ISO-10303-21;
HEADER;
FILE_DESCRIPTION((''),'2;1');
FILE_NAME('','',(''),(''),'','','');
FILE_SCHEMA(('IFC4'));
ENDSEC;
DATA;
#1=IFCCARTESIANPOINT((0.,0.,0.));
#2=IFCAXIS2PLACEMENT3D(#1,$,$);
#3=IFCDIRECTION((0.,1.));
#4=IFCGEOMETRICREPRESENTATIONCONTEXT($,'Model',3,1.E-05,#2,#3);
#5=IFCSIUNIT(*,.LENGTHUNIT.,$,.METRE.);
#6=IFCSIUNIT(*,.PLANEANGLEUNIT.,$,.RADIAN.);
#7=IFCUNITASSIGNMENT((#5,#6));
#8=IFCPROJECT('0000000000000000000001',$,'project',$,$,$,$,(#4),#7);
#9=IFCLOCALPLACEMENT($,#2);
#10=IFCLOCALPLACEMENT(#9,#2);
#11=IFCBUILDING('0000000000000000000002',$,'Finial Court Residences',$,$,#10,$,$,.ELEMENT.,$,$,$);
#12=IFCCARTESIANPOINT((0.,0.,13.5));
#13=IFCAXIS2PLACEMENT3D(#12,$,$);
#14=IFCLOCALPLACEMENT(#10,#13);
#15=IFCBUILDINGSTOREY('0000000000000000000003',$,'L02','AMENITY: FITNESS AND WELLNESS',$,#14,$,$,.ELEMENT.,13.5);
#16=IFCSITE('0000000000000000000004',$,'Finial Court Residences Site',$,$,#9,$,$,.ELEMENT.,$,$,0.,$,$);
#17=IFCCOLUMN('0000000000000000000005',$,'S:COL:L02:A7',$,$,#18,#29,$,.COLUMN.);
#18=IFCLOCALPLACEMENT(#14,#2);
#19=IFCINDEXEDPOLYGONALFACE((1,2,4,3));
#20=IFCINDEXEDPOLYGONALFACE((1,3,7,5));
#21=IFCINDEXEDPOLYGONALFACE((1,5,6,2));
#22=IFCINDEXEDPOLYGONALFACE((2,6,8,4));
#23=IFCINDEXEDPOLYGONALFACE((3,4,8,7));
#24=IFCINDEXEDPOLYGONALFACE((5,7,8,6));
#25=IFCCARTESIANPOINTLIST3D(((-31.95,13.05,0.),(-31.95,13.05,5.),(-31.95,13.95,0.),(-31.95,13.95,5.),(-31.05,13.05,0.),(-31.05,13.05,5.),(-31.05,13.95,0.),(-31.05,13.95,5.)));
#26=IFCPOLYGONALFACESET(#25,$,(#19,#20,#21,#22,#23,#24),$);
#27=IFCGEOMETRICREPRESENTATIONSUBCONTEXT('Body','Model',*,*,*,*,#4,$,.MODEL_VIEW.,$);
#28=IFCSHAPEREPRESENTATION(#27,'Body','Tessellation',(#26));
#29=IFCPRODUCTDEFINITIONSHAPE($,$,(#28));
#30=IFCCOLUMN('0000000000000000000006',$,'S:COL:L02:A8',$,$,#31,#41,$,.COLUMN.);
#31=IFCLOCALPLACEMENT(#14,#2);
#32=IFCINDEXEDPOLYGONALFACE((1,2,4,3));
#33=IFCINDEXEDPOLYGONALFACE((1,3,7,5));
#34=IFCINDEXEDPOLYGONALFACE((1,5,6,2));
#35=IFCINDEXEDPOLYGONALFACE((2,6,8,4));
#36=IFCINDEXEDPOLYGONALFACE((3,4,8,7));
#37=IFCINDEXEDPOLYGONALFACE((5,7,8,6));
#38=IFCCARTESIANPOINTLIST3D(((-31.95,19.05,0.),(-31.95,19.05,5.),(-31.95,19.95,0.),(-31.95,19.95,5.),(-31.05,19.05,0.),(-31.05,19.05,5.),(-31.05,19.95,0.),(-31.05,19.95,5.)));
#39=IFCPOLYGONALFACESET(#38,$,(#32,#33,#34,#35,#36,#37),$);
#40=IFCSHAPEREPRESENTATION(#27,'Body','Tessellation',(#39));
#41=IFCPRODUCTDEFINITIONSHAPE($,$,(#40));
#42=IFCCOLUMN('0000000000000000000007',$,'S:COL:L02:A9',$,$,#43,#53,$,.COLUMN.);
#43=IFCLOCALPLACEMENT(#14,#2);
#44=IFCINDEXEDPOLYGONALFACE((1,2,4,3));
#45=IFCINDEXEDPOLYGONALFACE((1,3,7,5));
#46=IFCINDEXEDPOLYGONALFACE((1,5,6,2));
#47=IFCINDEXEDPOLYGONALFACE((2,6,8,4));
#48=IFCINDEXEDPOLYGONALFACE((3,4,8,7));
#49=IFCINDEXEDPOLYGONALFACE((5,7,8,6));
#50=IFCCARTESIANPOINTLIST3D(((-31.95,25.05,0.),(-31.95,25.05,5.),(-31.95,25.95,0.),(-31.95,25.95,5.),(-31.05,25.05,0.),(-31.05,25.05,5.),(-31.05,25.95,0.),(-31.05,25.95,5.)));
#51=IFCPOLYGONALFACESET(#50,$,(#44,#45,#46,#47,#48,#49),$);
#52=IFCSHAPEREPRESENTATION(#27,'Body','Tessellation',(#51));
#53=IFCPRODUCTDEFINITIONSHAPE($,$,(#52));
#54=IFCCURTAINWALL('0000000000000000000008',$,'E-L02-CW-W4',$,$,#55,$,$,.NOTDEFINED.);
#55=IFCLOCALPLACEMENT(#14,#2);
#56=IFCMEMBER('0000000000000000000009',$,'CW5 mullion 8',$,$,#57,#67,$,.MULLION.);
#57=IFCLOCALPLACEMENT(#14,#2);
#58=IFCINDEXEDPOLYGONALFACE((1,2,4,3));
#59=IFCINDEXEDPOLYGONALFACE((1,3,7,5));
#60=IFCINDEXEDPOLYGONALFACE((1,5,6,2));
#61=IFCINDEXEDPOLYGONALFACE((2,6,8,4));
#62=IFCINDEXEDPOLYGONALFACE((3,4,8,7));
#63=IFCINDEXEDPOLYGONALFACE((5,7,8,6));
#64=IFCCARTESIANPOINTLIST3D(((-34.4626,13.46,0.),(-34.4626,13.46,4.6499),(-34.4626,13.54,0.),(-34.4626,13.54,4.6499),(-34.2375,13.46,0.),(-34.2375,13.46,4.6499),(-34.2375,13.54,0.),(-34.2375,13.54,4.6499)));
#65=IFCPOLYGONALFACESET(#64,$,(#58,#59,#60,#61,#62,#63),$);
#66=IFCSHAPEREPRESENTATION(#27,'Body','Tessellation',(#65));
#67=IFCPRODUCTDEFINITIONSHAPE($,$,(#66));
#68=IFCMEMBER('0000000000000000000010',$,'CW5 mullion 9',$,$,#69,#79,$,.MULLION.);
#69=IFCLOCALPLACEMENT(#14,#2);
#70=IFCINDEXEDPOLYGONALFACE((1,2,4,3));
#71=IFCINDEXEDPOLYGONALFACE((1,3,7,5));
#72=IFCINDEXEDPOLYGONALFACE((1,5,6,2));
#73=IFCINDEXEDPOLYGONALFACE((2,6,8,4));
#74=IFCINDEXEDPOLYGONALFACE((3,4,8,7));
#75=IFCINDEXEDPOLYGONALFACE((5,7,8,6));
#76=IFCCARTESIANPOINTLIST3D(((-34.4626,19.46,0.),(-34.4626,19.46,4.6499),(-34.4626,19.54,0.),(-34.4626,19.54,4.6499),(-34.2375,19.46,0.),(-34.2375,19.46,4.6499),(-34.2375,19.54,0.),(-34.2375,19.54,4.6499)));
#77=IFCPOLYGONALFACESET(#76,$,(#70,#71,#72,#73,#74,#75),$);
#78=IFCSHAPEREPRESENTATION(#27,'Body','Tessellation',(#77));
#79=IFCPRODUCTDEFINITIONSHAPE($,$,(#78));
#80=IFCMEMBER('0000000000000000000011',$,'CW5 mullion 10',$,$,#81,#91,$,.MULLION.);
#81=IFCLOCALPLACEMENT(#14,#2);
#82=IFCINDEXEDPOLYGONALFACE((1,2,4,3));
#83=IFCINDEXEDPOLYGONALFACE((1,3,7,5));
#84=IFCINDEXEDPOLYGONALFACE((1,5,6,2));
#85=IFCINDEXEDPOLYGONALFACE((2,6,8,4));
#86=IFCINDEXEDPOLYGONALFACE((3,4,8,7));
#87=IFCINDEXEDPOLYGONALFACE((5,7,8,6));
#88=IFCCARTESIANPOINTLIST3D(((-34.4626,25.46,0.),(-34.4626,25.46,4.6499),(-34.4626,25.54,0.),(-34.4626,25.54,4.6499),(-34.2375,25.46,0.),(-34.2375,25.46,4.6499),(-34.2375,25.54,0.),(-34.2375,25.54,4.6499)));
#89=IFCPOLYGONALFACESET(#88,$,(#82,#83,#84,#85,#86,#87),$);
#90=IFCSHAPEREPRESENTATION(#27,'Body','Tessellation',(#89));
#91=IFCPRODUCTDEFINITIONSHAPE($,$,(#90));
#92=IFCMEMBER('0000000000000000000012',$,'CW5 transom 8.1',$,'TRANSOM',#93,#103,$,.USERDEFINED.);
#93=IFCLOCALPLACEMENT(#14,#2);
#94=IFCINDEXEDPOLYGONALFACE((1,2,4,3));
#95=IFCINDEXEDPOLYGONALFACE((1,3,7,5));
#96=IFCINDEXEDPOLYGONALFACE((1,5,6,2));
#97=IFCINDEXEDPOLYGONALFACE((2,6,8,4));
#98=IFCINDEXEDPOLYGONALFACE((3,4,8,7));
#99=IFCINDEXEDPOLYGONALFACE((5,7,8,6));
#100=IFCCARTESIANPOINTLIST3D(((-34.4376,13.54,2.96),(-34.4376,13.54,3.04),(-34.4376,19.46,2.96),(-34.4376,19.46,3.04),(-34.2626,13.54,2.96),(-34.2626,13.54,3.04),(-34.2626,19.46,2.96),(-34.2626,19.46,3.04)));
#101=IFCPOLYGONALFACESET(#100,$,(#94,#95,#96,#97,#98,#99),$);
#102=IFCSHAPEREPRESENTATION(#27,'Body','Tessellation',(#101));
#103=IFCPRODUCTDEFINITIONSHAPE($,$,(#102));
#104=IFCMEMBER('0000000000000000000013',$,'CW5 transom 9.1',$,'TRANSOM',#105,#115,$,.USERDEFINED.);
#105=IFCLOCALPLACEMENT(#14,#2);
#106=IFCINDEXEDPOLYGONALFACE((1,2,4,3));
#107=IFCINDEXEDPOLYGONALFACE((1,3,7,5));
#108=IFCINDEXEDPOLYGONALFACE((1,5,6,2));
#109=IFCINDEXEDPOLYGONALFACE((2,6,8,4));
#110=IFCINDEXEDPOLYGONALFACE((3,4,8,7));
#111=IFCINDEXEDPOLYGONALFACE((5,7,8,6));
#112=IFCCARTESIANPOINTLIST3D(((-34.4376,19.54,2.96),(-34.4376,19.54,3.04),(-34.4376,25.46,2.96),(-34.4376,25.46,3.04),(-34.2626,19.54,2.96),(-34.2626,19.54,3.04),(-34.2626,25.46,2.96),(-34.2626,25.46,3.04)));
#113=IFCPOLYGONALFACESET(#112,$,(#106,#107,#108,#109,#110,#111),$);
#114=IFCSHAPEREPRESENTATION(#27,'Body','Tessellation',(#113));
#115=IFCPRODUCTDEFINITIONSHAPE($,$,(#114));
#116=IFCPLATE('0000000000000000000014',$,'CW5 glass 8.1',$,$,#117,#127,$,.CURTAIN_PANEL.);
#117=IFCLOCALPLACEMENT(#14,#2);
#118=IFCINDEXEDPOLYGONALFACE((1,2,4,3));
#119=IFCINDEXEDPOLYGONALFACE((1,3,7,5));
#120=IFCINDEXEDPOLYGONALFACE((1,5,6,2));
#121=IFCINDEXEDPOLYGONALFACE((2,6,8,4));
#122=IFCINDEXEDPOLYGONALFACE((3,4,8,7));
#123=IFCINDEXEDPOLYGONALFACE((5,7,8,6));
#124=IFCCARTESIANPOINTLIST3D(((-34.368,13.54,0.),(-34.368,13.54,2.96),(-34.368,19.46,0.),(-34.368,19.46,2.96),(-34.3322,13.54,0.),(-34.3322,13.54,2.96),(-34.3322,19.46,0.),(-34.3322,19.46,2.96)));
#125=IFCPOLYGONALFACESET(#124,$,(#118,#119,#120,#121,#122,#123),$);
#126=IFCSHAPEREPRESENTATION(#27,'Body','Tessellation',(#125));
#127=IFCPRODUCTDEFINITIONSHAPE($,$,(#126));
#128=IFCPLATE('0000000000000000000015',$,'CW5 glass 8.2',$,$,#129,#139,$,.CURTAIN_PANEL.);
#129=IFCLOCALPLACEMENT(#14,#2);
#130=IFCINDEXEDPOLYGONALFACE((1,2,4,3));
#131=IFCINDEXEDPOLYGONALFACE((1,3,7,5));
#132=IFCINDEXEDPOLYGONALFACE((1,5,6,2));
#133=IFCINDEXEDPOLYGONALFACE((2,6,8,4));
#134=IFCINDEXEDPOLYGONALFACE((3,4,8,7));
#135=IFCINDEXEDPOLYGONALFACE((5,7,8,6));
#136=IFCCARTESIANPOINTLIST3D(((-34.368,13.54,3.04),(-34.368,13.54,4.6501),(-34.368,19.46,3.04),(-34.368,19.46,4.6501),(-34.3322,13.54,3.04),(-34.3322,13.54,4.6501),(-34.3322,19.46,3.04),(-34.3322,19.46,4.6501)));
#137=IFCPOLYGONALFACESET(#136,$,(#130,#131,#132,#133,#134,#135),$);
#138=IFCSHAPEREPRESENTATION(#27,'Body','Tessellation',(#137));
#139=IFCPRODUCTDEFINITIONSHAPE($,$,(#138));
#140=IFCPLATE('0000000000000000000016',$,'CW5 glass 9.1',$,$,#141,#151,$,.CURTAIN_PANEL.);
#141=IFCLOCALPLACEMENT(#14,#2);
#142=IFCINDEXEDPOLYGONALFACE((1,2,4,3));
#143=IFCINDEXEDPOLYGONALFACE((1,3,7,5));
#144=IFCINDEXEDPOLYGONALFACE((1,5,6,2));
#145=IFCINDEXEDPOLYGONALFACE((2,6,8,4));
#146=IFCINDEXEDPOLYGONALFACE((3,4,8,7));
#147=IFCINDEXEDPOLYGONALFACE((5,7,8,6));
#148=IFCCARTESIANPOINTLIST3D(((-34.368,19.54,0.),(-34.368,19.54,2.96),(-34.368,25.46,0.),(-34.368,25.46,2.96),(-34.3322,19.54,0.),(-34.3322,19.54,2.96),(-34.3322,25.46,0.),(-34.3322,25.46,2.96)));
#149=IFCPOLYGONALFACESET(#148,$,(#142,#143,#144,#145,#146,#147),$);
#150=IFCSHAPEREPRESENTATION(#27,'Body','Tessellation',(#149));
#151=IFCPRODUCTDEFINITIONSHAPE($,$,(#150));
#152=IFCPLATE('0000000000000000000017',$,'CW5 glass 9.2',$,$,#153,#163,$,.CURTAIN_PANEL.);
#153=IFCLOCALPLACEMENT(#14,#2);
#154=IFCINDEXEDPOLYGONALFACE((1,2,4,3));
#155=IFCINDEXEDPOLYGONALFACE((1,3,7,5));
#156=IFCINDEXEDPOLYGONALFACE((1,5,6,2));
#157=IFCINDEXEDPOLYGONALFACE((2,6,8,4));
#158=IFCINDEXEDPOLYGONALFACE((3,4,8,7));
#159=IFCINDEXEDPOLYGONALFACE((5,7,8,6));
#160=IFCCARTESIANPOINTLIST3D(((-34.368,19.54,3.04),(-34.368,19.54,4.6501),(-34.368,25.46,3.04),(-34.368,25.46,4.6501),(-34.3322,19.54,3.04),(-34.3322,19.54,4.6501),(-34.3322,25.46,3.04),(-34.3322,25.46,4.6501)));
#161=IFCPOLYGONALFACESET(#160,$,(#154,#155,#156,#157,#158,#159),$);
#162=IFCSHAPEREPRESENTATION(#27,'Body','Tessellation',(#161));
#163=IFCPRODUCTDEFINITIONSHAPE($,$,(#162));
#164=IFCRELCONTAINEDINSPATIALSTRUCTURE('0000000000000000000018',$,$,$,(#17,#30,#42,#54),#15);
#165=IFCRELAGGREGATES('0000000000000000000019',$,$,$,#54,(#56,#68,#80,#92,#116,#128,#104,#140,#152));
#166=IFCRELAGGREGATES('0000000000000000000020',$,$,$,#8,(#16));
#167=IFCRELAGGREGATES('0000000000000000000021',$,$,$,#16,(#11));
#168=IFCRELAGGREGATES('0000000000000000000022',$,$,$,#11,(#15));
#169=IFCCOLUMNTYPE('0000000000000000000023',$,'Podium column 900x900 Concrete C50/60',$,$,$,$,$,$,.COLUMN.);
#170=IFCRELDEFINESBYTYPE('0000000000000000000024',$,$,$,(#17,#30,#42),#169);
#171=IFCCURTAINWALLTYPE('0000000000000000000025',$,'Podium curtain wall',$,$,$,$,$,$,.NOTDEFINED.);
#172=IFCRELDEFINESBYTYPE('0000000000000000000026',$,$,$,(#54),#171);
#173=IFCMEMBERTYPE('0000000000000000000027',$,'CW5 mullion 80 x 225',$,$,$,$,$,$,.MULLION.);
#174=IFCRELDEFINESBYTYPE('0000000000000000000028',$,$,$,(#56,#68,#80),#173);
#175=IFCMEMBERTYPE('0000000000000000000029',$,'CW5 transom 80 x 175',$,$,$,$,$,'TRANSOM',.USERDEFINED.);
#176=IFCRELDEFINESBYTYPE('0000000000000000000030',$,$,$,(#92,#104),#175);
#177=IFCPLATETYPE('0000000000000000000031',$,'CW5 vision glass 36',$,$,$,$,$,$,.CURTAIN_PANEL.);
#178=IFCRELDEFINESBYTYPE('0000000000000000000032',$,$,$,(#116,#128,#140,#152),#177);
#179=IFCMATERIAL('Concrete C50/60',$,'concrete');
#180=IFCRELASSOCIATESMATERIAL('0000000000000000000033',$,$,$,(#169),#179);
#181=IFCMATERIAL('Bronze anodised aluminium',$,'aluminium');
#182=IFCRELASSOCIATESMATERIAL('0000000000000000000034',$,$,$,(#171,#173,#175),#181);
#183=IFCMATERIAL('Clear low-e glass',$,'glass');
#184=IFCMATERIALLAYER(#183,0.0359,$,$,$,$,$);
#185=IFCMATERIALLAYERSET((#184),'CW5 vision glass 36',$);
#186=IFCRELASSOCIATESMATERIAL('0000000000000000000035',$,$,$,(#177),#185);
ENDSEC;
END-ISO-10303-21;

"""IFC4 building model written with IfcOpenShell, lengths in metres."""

from ifc_helpers import new_model, si_unit, direction, frame, origin, origin_2d, place, context, subcontext, project, spatial, rectangle, extrude, material, layer, layer_set, material_profile, profile_set, type_object, element, aggregate, save


model = new_model("IFC4")

# Units and contexts
model_context = context("Model", 3, precision=1e-05, world=origin(), true_north=direction((0.0, 1.0)))
body_context = subcontext(model_context, "Body", "Model", "MODEL_VIEW")
ifc_project = project(units=[si_unit("LENGTHUNIT", "METRE"), si_unit("PLANEANGLEUNIT", "RADIAN")], contexts=[model_context])

# Site, building, storey
site_placement = place(None, origin())
site = spatial("IfcSite", under=ifc_project, at=site_placement, Name="Finial Court Residences Site", CompositionType="ELEMENT", RefElevation=0.0)
building_placement = place(site_placement, origin())
building = spatial("IfcBuilding", under=site, at=building_placement, Name="Finial Court Residences", CompositionType="ELEMENT")
storey_placement = place(building_placement, frame((0.0, 0.0, 13.5)))
storey = spatial("IfcBuildingStorey", under=building, at=storey_placement, Name="L02", Description="AMENITY: FITNESS AND WELLNESS", CompositionType="ELEMENT", Elevation=13.5)

# Columns
ifc_material_1 = material(Name="Concrete C50/60", Category="concrete")
ifc_material_profile_1 = material_profile(ifc_material_1, rectangle(XDim=0.8999, YDim=0.8999, at=origin_2d()), Name="900x900")
ifc_profile_set_1 = profile_set([ifc_material_profile_1], Name="Concrete C50/60")
column_type = type_object("IfcColumnType", Name="Podium column 900x900 Concrete C50/60", PredefinedType="COLUMN", material=ifc_profile_set_1)
for number, where, z_axis, x_axis, name in (
    (1, (-31.5, 13.5, 0.0), (0.0, 0.0, 1.0), (1.0, 0.0, 0.0), "S:COL:L02:A7"),
    (2, (-31.5, 19.5, 0.0), (0.0, 0.0, 1.0), (1.0, 0.0, 0.0), "S:COL:L02:A8"),
    (3, (-31.5, 25.5, 0.0), (0.0, 0.0, 1.0), (1.0, 0.0, 0.0), "S:COL:L02:A9"),
):
    element("IfcColumn", number, at=place(storey_placement, frame(where, z_axis=z_axis, x_axis=x_axis)), inside=storey, type_object=column_type, Name=name, PredefinedType="COLUMN", context=body_context, shape_type="SweptSolid", body=[
        extrude(rectangle(XDim=0.8999, YDim=0.8999, at=origin_2d()), origin(), (0.0, 0.0, 1.0), 5.0),
    ])

# Curtain wall, members, plates
ifc_material_2 = material(Name="Bronze anodised aluminium", Category="aluminium")
curtain_wall_type = type_object("IfcCurtainWallType", Name="Podium curtain wall", PredefinedType="NOTDEFINED", material=ifc_material_2)
curtain_wall_placement = place(storey_placement, origin())
curtain_wall = element("IfcCurtainWall", 4, at=curtain_wall_placement, inside=storey, type_object=curtain_wall_type, Name="E-L02-CW-W4", PredefinedType="NOTDEFINED")
ifc_material_profile_2 = material_profile(ifc_material_2, rectangle(XDim=0.2251, YDim=0.0801, at=origin_2d()), Name="CW5 mullion 80 x 225")
ifc_profile_set_2 = profile_set([ifc_material_profile_2], Name="Bronze anodised aluminium")
member_type_1 = type_object("IfcMemberType", Name="CW5 mullion 80 x 225", PredefinedType="MULLION", material=ifc_profile_set_2)
member_1_placement = place(storey_placement, frame((-34.3501, 13.5, 0.0), z_axis=(0.0, 0.0, 1.0), x_axis=(-1.0, 0.0, 0.0)))
member_1 = element("IfcMember", 5, at=member_1_placement, type_object=member_type_1, Name="CW5 mullion 8", PredefinedType="MULLION", context=body_context, shape_type="SweptSolid", body=[
    extrude(rectangle(XDim=0.2251, YDim=0.0801, at=origin_2d()), origin(), (0.0, 0.0, 1.0), 4.6499),
])
member_2_placement = place(storey_placement, frame((-34.3501, 19.5, 0.0), z_axis=(0.0, 0.0, 1.0), x_axis=(-1.0, 0.0, 0.0)))
member_2 = element("IfcMember", 6, at=member_2_placement, type_object=member_type_1, Name="CW5 mullion 9", PredefinedType="MULLION", context=body_context, shape_type="SweptSolid", body=[
    extrude(rectangle(XDim=0.2251, YDim=0.0801, at=origin_2d()), origin(), (0.0, 0.0, 1.0), 4.6499),
])
member_3_placement = place(storey_placement, frame((-34.3501, 25.5, 0.0), z_axis=(0.0, 0.0, 1.0), x_axis=(-1.0, 0.0, 0.0)))
member_3 = element("IfcMember", 7, at=member_3_placement, type_object=member_type_1, Name="CW5 mullion 10", PredefinedType="MULLION", context=body_context, shape_type="SweptSolid", body=[
    extrude(rectangle(XDim=0.2251, YDim=0.0801, at=origin_2d()), origin(), (0.0, 0.0, 1.0), 4.6499),
])
ifc_material_profile_3 = material_profile(ifc_material_2, rectangle(XDim=0.175, YDim=0.0801, at=origin_2d()), Name="CW5 transom 80 x 175")
ifc_profile_set_3 = profile_set([ifc_material_profile_3], Name="Bronze anodised aluminium")
member_type_2 = type_object("IfcMemberType", Name="CW5 transom 80 x 175", ElementType="TRANSOM", PredefinedType="USERDEFINED", material=ifc_profile_set_3)
member_4_placement = place(storey_placement, frame((-34.3501, 13.54, 3.0), z_axis=(0.0, 1.0, 0.0), x_axis=(-1.0, 0.0, 0.0)))
member_4 = element("IfcMember", 8, at=member_4_placement, type_object=member_type_2, Name="CW5 transom 8.1", ObjectType="TRANSOM", PredefinedType="USERDEFINED", context=body_context, shape_type="SweptSolid", body=[
    extrude(rectangle(XDim=0.175, YDim=0.0801, at=origin_2d()), origin(), (0.0, 0.0, 1.0), 5.9199),
])
member_5_placement = place(storey_placement, frame((-34.3501, 19.54, 3.0), z_axis=(0.0, 1.0, 0.0), x_axis=(-1.0, 0.0, 0.0)))
member_5 = element("IfcMember", 9, at=member_5_placement, type_object=member_type_2, Name="CW5 transom 9.1", ObjectType="TRANSOM", PredefinedType="USERDEFINED", context=body_context, shape_type="SweptSolid", body=[
    extrude(rectangle(XDim=0.175, YDim=0.0801, at=origin_2d()), origin(), (0.0, 0.0, 1.0), 5.9199),
])
ifc_material_3 = material(Name="Clear low-e glass", Category="glass")
ifc_layer_1 = layer(ifc_material_3, 0.0359)
ifc_layer_set_1 = layer_set([ifc_layer_1], Name="CW5 vision glass 36")
plate_type = type_object("IfcPlateType", Name="CW5 vision glass 36", PredefinedType="CURTAIN_PANEL", material=ifc_layer_set_1)
plate_1_placement = place(storey_placement, frame((-34.3501, 16.5, 0.0), z_axis=(0.0, 0.0, 1.0), x_axis=(0.0, 1.0, 0.0)))
plate_1 = element("IfcPlate", 10, at=plate_1_placement, type_object=plate_type, Name="CW5 glass 8.1", PredefinedType="CURTAIN_PANEL", context=body_context, shape_type="SweptSolid", body=[
    extrude(rectangle(XDim=5.9199, YDim=0.0359, at=origin_2d()), origin(), (0.0, 0.0, 1.0), 2.96),
])
plate_2_placement = place(storey_placement, frame((-34.3501, 16.5, 3.04), z_axis=(0.0, 0.0, 1.0), x_axis=(0.0, 1.0, 0.0)))
plate_2 = element("IfcPlate", 11, at=plate_2_placement, type_object=plate_type, Name="CW5 glass 8.2", PredefinedType="CURTAIN_PANEL", context=body_context, shape_type="SweptSolid", body=[
    extrude(rectangle(XDim=5.9199, YDim=0.0359, at=origin_2d()), origin(), (0.0, 0.0, 1.0), 1.6101),
])
plate_3_placement = place(storey_placement, frame((-34.3501, 22.5, 0.0), z_axis=(0.0, 0.0, 1.0), x_axis=(0.0, 1.0, 0.0)))
plate_3 = element("IfcPlate", 12, at=plate_3_placement, type_object=plate_type, Name="CW5 glass 9.1", PredefinedType="CURTAIN_PANEL", context=body_context, shape_type="SweptSolid", body=[
    extrude(rectangle(XDim=5.9199, YDim=0.0359, at=origin_2d()), origin(), (0.0, 0.0, 1.0), 2.96),
])
plate_4_placement = place(storey_placement, frame((-34.3501, 22.5, 3.04), z_axis=(0.0, 0.0, 1.0), x_axis=(0.0, 1.0, 0.0)))
plate_4 = element("IfcPlate", 13, at=plate_4_placement, type_object=plate_type, Name="CW5 glass 9.2", PredefinedType="CURTAIN_PANEL", context=body_context, shape_type="SweptSolid", body=[
    extrude(rectangle(XDim=5.9199, YDim=0.0359, at=origin_2d()), origin(), (0.0, 0.0, 1.0), 1.6101),
])
aggregate(curtain_wall, [member_1, member_2, member_3, member_4, plate_1, plate_2, member_5, plate_3, plate_4])

save(model, "model.ifc")
